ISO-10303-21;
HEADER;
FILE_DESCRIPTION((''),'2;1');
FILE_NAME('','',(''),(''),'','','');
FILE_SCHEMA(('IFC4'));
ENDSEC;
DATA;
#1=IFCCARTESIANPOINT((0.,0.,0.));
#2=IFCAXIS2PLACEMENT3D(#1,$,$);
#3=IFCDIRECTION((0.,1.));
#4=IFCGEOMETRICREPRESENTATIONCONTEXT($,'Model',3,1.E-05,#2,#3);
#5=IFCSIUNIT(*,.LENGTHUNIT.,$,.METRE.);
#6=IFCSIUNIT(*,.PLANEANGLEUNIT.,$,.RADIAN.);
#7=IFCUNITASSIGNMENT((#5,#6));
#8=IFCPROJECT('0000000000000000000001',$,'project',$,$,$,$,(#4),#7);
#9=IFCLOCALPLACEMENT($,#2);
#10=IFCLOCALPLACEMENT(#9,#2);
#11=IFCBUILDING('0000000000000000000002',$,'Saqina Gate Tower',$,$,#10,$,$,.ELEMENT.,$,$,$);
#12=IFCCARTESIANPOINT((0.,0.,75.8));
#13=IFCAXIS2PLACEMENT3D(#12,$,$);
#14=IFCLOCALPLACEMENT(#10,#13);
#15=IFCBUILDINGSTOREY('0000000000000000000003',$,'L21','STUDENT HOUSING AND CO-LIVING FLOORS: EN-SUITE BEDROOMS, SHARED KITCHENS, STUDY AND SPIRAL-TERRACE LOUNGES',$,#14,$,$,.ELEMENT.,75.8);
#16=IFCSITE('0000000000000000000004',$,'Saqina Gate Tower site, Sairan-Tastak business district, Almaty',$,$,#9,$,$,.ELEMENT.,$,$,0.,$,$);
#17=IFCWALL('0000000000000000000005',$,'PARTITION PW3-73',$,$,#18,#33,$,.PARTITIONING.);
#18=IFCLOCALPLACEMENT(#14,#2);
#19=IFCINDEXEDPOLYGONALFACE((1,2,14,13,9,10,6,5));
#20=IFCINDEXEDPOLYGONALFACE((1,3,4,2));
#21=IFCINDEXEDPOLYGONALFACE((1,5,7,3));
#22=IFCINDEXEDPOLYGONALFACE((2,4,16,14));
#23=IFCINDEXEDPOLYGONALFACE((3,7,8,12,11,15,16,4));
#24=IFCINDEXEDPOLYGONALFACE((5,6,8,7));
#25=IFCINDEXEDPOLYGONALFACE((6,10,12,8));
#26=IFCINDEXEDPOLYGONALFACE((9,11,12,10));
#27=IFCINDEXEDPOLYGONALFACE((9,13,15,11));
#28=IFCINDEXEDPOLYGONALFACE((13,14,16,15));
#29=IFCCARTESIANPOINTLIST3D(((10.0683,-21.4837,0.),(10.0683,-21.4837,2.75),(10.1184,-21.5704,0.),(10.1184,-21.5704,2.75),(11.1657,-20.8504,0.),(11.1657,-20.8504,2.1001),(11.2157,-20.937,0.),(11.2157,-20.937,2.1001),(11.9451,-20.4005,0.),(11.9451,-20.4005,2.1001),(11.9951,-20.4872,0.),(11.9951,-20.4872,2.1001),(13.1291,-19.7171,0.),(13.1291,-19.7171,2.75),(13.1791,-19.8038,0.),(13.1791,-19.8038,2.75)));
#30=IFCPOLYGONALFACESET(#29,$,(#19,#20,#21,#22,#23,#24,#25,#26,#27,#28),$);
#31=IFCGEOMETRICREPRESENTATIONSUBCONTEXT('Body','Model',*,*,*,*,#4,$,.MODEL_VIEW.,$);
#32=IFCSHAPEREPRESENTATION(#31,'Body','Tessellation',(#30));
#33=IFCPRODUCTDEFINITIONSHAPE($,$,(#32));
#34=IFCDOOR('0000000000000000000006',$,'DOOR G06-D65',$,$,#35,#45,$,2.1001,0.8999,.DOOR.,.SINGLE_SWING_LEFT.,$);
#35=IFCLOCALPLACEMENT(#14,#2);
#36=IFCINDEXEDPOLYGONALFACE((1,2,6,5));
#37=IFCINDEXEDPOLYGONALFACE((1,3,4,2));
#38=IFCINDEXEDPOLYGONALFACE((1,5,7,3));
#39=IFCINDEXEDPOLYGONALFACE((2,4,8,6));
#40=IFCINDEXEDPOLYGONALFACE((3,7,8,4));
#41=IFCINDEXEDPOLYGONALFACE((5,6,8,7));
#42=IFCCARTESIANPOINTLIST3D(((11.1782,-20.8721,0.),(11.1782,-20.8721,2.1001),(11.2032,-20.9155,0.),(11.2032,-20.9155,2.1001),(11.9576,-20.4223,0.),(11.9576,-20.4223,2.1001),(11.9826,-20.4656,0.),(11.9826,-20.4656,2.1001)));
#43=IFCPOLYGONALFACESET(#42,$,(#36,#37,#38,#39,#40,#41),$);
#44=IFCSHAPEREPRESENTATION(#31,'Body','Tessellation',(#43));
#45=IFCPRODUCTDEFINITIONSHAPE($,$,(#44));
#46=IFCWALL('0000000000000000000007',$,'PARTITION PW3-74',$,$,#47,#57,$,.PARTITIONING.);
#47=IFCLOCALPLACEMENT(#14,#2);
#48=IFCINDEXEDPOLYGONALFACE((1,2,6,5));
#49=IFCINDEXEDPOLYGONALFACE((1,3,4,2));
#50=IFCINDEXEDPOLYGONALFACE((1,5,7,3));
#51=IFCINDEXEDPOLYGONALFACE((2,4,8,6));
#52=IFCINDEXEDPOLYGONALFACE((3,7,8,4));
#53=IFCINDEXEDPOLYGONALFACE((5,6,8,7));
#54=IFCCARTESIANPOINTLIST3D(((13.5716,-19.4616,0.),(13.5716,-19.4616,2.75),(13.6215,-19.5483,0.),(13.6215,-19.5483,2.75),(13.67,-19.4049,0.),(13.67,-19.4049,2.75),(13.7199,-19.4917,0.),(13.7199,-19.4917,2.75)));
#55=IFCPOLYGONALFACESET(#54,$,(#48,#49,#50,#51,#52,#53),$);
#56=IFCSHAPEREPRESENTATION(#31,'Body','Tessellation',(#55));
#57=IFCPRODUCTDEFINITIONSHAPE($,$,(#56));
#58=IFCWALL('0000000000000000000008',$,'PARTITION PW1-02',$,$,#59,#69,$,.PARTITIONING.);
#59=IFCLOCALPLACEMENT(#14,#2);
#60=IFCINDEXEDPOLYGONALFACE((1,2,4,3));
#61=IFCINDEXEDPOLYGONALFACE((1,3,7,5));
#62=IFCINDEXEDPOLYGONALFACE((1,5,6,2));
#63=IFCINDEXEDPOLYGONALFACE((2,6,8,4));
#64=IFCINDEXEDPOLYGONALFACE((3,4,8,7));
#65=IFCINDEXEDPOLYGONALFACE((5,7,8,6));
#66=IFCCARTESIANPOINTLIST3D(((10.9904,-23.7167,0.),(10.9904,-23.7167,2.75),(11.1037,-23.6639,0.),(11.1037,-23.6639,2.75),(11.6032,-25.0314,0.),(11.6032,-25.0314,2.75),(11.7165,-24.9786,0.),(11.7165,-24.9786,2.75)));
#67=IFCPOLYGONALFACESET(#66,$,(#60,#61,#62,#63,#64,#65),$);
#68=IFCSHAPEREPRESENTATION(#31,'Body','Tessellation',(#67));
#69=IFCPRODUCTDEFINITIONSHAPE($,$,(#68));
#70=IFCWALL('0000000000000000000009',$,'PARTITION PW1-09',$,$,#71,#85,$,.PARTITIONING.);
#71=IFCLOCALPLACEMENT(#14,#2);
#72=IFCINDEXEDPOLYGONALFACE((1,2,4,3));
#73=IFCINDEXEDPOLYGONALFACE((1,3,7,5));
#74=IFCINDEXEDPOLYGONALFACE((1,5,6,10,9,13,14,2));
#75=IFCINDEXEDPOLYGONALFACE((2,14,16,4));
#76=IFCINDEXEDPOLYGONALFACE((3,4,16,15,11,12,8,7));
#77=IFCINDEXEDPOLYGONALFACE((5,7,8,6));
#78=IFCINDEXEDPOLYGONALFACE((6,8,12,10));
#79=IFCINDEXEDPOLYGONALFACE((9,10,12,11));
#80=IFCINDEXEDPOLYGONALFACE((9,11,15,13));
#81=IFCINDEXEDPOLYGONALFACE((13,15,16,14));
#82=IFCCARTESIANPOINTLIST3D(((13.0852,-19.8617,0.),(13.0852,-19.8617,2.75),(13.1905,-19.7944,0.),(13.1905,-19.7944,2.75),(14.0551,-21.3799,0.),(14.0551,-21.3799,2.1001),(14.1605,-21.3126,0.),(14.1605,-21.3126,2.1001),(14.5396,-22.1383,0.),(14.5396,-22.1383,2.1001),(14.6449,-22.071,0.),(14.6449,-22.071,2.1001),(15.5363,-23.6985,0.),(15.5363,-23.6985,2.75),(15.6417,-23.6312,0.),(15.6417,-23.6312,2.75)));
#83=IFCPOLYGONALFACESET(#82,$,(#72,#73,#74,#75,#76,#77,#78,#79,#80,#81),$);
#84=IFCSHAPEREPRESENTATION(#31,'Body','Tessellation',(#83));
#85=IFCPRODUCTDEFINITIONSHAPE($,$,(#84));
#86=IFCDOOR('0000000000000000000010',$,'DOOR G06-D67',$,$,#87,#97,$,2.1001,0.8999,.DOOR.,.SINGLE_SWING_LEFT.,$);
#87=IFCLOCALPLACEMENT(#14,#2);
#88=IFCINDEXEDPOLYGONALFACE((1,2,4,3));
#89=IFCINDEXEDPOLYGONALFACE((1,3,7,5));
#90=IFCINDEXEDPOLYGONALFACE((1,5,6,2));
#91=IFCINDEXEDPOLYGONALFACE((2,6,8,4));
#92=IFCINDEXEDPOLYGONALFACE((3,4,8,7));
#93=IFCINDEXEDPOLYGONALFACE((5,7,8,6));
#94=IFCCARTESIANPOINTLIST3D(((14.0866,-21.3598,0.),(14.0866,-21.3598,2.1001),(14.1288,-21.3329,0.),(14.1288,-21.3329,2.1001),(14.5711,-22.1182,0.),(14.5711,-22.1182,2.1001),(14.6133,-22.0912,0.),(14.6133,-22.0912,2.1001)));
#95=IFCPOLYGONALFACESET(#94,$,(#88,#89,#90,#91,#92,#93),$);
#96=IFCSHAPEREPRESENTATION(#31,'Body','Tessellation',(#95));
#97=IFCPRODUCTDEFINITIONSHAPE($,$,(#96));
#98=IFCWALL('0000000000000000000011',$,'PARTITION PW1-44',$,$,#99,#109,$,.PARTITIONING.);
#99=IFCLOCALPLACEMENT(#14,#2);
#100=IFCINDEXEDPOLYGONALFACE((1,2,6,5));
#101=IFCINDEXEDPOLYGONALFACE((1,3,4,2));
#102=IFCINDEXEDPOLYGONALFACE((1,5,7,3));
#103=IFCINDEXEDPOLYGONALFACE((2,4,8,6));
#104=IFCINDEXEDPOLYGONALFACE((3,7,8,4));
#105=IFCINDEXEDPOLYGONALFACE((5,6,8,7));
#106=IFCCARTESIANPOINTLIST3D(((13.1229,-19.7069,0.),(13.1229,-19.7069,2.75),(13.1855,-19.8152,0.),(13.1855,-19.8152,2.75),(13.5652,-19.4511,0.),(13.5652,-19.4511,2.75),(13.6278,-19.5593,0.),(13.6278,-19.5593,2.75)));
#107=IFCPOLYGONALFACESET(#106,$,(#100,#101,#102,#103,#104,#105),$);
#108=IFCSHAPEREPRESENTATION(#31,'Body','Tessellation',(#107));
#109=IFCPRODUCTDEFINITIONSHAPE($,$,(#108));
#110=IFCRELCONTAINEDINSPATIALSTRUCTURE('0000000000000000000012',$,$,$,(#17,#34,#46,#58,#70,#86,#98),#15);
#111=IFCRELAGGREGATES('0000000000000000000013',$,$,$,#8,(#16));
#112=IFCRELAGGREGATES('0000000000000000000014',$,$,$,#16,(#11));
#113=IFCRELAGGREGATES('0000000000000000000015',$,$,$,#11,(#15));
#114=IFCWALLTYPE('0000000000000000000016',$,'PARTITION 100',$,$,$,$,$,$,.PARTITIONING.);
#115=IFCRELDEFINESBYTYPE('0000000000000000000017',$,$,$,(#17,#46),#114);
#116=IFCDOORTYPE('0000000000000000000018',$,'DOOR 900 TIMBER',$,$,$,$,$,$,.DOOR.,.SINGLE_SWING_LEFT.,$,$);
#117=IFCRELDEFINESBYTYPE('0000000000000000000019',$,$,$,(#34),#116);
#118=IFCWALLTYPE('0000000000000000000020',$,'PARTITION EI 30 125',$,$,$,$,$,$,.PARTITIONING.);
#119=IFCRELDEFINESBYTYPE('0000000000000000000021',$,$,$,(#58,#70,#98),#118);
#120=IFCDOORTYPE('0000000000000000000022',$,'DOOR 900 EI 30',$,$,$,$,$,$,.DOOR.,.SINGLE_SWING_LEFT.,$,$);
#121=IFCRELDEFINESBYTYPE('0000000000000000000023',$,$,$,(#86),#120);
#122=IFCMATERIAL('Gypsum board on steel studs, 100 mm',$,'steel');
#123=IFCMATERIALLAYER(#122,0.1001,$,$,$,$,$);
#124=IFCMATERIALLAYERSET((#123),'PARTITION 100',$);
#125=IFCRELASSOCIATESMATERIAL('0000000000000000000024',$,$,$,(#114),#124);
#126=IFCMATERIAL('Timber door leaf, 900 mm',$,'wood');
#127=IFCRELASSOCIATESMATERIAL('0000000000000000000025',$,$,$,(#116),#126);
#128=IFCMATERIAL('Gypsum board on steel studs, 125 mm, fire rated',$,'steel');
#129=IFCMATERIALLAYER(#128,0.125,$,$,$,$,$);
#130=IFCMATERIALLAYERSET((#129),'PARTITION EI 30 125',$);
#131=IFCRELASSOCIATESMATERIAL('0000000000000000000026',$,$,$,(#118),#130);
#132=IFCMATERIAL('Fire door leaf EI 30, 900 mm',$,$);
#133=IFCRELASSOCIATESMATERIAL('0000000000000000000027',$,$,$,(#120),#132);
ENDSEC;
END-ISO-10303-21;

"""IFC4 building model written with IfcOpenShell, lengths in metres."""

from ifc_helpers import new_model, si_unit, direction, frame, frame_2d, origin, place, context, subcontext, project, spatial, rectangle, extrude, material, layer, layer_set, type_object, element, fill, save


model = new_model("IFC4")

# Units and contexts
model_context = context("Model", 3, precision=1e-05, world=origin(), true_north=direction((0.0, 1.0)))
body_context = subcontext(model_context, "Body", "Model", "MODEL_VIEW")
ifc_project = project(units=[si_unit("LENGTHUNIT", "METRE"), si_unit("PLANEANGLEUNIT", "RADIAN")], contexts=[model_context])

# Site, building, storey
site_placement = place(None, origin())
site = spatial("IfcSite", under=ifc_project, at=site_placement, Name="Saqina Gate Tower site, Sairan-Tastak business district, Almaty", CompositionType="ELEMENT", RefElevation=0.0)
building_placement = place(site_placement, origin())
building = spatial("IfcBuilding", under=site, at=building_placement, Name="Saqina Gate Tower", CompositionType="ELEMENT")
storey_placement = place(building_placement, frame((0.0, 0.0, 75.8)))
storey = spatial("IfcBuildingStorey", under=building, at=storey_placement, Name="L21", Description="STUDENT HOUSING AND CO-LIVING FLOORS: EN-SUITE BEDROOMS, SHARED KITCHENS, STUDY AND SPIRAL-TERRACE LOUNGES", CompositionType="ELEMENT", Elevation=75.8)

# Shared definitions
ifc_material_1 = material(Name="Gypsum board on steel studs, 100 mm", Category="steel")
ifc_layer_1 = layer(ifc_material_1, 0.1001)
ifc_layer_set_1 = layer_set([ifc_layer_1], Name="PARTITION 100")
wall_type_1 = type_object("IfcWallType", Name="PARTITION 100", PredefinedType="PARTITIONING", material=ifc_layer_set_1)

# Wall, opening, door
wall_1_placement = place(storey_placement, frame((10.0933, -21.5271, 0.0), z_axis=(0.0, 0.0, 1.0), x_axis=(0.866092, 0.499884, 0.0)))
wall_1 = element("IfcWall", 1, at=wall_1_placement, inside=storey, type_object=wall_type_1, Name="PARTITION PW3-73", PredefinedType="PARTITIONING", context=body_context, shape_type="SweptSolid", body=[
    extrude(rectangle(XDim=3.5339, YDim=0.1001, at=frame_2d((1.7671, 0.0))), origin(), (0.0, 0.0, 1.0), 2.75),
])
opening_1_placement = place(wall_1_placement, frame((1.2671, 0.0, 0.0)))
opening_1 = element("IfcOpeningElement", 2, at=opening_1_placement, cuts=wall_1, PredefinedType="OPENING", context=body_context, shape_type="SweptSolid", body=[
    extrude(rectangle(XDim=0.8999, YDim=2.1001, at=frame_2d((0.45, 1.05))), frame((0.0, 0.062, 0.0), z_axis=(0.0, -1.0, 0.0), x_axis=(1.0, 0.0, 0.0)), (0.0, 0.0, 1.0), 0.124),
])
ifc_material_2 = material(Name="Timber door leaf, 900 mm", Category="wood")
door_type_1 = type_object("IfcDoorType", Name="DOOR 900 TIMBER", OperationType="SINGLE_SWING_LEFT", PredefinedType="DOOR", material=ifc_material_2)
door_1_placement = place(opening_1_placement, origin())
door_1 = element("IfcDoor", 3, at=door_1_placement, inside=storey, type_object=door_type_1, Name="DOOR G06-D65", OperationType="SINGLE_SWING_LEFT", OverallHeight=2.1001, OverallWidth=0.8999, PredefinedType="DOOR", context=body_context, shape_type="SweptSolid", body=[
    extrude(rectangle(XDim=0.8999, YDim=2.1001, at=frame_2d((0.45, 1.05))), frame((0.0, 0.0249, 0.0), z_axis=(0.0, -1.0, 0.0), x_axis=(1.0, 0.0, 0.0)), (0.0, 0.0, 1.0), 0.05),
])
fill(opening_1, door_1)

# Walls
wall_2_placement = place(storey_placement, frame((13.5967, -19.5049, 0.0), z_axis=(0.0, 0.0, 1.0), x_axis=(0.866651, 0.498916, 0.0)))
element("IfcWall", 4, at=wall_2_placement, inside=storey, type_object=wall_type_1, Name="PARTITION PW3-74", PredefinedType="PARTITIONING", context=body_context, shape_type="SweptSolid", body=[
    extrude(rectangle(XDim=0.1135, YDim=0.1001, at=frame_2d((0.0566, 0.0))), origin(), (0.0, 0.0, 1.0), 2.75),
])
ifc_material_3 = material(Name="Gypsum board on steel studs, 125 mm, fire rated", Category="steel")
ifc_layer_2 = layer(ifc_material_3, 0.125)
ifc_layer_set_2 = layer_set([ifc_layer_2], Name="PARTITION EI 30 125")
wall_type_2 = type_object("IfcWallType", Name="PARTITION EI 30 125", PredefinedType="PARTITIONING", material=ifc_layer_set_2)
wall_3_placement = place(storey_placement, frame((11.0471, -23.6904, 0.0), z_axis=(0.0, 0.0, 1.0), x_axis=(0.422471, -0.906377, 0.0)))
element("IfcWall", 5, at=wall_3_placement, inside=storey, type_object=wall_type_2, Name="PARTITION PW1-02", PredefinedType="PARTITIONING", context=body_context, shape_type="SweptSolid", body=[
    extrude(rectangle(XDim=1.4504, YDim=0.125, at=frame_2d((0.7251, 0.0))), origin(), (0.0, 0.0, 1.0), 2.75),
])

# Wall, opening, door
wall_4_placement = place(storey_placement, frame((13.1379, -19.8281, 0.0), z_axis=(0.0, 0.0, 1.0), x_axis=(0.53836, -0.842715, 0.0)))
wall_4 = element("IfcWall", 6, at=wall_4_placement, inside=storey, type_object=wall_type_2, Name="PARTITION PW1-09", PredefinedType="PARTITIONING", context=body_context, shape_type="SweptSolid", body=[
    extrude(rectangle(XDim=4.553, YDim=0.125, at=frame_2d((2.2764, 0.0))), origin(), (0.0, 0.0, 1.0), 2.75),
])
opening_2_placement = place(wall_4_placement, frame((1.8015, 0.0, 0.0)))
opening_2 = element("IfcOpeningElement", 7, at=opening_2_placement, cuts=wall_4, PredefinedType="OPENING", context=body_context, shape_type="SweptSolid", body=[
    extrude(rectangle(XDim=0.8999, YDim=2.1001, at=frame_2d((0.45, 1.05))), frame((0.0, 0.0745, 0.0), z_axis=(0.0, -1.0, 0.0), x_axis=(1.0, 0.0, 0.0)), (0.0, 0.0, 1.0), 0.1489),
])
ifc_material_4 = material(Name="Fire door leaf EI 30, 900 mm")
door_type_2 = type_object("IfcDoorType", Name="DOOR 900 EI 30", OperationType="SINGLE_SWING_LEFT", PredefinedType="DOOR", material=ifc_material_4)
door_2_placement = place(opening_2_placement, origin())
door_2 = element("IfcDoor", 8, at=door_2_placement, inside=storey, type_object=door_type_2, Name="DOOR G06-D67", OperationType="SINGLE_SWING_LEFT", OverallHeight=2.1001, OverallWidth=0.8999, PredefinedType="DOOR", context=body_context, shape_type="SweptSolid", body=[
    extrude(rectangle(XDim=0.8999, YDim=2.1001, at=frame_2d((0.45, 1.05))), frame((0.0, 0.0249, 0.0), z_axis=(0.0, -1.0, 0.0), x_axis=(1.0, 0.0, 0.0)), (0.0, 0.0, 1.0), 0.05),
])
fill(opening_2, door_2)

# Wall
wall_5_placement = place(storey_placement, frame((13.1543, -19.761, 0.0), z_axis=(0.0, 0.0, 1.0), x_axis=(0.865644, 0.50066, 0.0)))
element("IfcWall", 9, at=wall_5_placement, inside=storey, type_object=wall_type_2, Name="PARTITION PW1-44", PredefinedType="PARTITIONING", context=body_context, shape_type="SweptSolid", body=[
    extrude(rectangle(XDim=0.511, YDim=0.125, at=frame_2d((0.2554, 0.0))), origin(), (0.0, 0.0, 1.0), 2.75),
])

save(model, "model.ifc")
